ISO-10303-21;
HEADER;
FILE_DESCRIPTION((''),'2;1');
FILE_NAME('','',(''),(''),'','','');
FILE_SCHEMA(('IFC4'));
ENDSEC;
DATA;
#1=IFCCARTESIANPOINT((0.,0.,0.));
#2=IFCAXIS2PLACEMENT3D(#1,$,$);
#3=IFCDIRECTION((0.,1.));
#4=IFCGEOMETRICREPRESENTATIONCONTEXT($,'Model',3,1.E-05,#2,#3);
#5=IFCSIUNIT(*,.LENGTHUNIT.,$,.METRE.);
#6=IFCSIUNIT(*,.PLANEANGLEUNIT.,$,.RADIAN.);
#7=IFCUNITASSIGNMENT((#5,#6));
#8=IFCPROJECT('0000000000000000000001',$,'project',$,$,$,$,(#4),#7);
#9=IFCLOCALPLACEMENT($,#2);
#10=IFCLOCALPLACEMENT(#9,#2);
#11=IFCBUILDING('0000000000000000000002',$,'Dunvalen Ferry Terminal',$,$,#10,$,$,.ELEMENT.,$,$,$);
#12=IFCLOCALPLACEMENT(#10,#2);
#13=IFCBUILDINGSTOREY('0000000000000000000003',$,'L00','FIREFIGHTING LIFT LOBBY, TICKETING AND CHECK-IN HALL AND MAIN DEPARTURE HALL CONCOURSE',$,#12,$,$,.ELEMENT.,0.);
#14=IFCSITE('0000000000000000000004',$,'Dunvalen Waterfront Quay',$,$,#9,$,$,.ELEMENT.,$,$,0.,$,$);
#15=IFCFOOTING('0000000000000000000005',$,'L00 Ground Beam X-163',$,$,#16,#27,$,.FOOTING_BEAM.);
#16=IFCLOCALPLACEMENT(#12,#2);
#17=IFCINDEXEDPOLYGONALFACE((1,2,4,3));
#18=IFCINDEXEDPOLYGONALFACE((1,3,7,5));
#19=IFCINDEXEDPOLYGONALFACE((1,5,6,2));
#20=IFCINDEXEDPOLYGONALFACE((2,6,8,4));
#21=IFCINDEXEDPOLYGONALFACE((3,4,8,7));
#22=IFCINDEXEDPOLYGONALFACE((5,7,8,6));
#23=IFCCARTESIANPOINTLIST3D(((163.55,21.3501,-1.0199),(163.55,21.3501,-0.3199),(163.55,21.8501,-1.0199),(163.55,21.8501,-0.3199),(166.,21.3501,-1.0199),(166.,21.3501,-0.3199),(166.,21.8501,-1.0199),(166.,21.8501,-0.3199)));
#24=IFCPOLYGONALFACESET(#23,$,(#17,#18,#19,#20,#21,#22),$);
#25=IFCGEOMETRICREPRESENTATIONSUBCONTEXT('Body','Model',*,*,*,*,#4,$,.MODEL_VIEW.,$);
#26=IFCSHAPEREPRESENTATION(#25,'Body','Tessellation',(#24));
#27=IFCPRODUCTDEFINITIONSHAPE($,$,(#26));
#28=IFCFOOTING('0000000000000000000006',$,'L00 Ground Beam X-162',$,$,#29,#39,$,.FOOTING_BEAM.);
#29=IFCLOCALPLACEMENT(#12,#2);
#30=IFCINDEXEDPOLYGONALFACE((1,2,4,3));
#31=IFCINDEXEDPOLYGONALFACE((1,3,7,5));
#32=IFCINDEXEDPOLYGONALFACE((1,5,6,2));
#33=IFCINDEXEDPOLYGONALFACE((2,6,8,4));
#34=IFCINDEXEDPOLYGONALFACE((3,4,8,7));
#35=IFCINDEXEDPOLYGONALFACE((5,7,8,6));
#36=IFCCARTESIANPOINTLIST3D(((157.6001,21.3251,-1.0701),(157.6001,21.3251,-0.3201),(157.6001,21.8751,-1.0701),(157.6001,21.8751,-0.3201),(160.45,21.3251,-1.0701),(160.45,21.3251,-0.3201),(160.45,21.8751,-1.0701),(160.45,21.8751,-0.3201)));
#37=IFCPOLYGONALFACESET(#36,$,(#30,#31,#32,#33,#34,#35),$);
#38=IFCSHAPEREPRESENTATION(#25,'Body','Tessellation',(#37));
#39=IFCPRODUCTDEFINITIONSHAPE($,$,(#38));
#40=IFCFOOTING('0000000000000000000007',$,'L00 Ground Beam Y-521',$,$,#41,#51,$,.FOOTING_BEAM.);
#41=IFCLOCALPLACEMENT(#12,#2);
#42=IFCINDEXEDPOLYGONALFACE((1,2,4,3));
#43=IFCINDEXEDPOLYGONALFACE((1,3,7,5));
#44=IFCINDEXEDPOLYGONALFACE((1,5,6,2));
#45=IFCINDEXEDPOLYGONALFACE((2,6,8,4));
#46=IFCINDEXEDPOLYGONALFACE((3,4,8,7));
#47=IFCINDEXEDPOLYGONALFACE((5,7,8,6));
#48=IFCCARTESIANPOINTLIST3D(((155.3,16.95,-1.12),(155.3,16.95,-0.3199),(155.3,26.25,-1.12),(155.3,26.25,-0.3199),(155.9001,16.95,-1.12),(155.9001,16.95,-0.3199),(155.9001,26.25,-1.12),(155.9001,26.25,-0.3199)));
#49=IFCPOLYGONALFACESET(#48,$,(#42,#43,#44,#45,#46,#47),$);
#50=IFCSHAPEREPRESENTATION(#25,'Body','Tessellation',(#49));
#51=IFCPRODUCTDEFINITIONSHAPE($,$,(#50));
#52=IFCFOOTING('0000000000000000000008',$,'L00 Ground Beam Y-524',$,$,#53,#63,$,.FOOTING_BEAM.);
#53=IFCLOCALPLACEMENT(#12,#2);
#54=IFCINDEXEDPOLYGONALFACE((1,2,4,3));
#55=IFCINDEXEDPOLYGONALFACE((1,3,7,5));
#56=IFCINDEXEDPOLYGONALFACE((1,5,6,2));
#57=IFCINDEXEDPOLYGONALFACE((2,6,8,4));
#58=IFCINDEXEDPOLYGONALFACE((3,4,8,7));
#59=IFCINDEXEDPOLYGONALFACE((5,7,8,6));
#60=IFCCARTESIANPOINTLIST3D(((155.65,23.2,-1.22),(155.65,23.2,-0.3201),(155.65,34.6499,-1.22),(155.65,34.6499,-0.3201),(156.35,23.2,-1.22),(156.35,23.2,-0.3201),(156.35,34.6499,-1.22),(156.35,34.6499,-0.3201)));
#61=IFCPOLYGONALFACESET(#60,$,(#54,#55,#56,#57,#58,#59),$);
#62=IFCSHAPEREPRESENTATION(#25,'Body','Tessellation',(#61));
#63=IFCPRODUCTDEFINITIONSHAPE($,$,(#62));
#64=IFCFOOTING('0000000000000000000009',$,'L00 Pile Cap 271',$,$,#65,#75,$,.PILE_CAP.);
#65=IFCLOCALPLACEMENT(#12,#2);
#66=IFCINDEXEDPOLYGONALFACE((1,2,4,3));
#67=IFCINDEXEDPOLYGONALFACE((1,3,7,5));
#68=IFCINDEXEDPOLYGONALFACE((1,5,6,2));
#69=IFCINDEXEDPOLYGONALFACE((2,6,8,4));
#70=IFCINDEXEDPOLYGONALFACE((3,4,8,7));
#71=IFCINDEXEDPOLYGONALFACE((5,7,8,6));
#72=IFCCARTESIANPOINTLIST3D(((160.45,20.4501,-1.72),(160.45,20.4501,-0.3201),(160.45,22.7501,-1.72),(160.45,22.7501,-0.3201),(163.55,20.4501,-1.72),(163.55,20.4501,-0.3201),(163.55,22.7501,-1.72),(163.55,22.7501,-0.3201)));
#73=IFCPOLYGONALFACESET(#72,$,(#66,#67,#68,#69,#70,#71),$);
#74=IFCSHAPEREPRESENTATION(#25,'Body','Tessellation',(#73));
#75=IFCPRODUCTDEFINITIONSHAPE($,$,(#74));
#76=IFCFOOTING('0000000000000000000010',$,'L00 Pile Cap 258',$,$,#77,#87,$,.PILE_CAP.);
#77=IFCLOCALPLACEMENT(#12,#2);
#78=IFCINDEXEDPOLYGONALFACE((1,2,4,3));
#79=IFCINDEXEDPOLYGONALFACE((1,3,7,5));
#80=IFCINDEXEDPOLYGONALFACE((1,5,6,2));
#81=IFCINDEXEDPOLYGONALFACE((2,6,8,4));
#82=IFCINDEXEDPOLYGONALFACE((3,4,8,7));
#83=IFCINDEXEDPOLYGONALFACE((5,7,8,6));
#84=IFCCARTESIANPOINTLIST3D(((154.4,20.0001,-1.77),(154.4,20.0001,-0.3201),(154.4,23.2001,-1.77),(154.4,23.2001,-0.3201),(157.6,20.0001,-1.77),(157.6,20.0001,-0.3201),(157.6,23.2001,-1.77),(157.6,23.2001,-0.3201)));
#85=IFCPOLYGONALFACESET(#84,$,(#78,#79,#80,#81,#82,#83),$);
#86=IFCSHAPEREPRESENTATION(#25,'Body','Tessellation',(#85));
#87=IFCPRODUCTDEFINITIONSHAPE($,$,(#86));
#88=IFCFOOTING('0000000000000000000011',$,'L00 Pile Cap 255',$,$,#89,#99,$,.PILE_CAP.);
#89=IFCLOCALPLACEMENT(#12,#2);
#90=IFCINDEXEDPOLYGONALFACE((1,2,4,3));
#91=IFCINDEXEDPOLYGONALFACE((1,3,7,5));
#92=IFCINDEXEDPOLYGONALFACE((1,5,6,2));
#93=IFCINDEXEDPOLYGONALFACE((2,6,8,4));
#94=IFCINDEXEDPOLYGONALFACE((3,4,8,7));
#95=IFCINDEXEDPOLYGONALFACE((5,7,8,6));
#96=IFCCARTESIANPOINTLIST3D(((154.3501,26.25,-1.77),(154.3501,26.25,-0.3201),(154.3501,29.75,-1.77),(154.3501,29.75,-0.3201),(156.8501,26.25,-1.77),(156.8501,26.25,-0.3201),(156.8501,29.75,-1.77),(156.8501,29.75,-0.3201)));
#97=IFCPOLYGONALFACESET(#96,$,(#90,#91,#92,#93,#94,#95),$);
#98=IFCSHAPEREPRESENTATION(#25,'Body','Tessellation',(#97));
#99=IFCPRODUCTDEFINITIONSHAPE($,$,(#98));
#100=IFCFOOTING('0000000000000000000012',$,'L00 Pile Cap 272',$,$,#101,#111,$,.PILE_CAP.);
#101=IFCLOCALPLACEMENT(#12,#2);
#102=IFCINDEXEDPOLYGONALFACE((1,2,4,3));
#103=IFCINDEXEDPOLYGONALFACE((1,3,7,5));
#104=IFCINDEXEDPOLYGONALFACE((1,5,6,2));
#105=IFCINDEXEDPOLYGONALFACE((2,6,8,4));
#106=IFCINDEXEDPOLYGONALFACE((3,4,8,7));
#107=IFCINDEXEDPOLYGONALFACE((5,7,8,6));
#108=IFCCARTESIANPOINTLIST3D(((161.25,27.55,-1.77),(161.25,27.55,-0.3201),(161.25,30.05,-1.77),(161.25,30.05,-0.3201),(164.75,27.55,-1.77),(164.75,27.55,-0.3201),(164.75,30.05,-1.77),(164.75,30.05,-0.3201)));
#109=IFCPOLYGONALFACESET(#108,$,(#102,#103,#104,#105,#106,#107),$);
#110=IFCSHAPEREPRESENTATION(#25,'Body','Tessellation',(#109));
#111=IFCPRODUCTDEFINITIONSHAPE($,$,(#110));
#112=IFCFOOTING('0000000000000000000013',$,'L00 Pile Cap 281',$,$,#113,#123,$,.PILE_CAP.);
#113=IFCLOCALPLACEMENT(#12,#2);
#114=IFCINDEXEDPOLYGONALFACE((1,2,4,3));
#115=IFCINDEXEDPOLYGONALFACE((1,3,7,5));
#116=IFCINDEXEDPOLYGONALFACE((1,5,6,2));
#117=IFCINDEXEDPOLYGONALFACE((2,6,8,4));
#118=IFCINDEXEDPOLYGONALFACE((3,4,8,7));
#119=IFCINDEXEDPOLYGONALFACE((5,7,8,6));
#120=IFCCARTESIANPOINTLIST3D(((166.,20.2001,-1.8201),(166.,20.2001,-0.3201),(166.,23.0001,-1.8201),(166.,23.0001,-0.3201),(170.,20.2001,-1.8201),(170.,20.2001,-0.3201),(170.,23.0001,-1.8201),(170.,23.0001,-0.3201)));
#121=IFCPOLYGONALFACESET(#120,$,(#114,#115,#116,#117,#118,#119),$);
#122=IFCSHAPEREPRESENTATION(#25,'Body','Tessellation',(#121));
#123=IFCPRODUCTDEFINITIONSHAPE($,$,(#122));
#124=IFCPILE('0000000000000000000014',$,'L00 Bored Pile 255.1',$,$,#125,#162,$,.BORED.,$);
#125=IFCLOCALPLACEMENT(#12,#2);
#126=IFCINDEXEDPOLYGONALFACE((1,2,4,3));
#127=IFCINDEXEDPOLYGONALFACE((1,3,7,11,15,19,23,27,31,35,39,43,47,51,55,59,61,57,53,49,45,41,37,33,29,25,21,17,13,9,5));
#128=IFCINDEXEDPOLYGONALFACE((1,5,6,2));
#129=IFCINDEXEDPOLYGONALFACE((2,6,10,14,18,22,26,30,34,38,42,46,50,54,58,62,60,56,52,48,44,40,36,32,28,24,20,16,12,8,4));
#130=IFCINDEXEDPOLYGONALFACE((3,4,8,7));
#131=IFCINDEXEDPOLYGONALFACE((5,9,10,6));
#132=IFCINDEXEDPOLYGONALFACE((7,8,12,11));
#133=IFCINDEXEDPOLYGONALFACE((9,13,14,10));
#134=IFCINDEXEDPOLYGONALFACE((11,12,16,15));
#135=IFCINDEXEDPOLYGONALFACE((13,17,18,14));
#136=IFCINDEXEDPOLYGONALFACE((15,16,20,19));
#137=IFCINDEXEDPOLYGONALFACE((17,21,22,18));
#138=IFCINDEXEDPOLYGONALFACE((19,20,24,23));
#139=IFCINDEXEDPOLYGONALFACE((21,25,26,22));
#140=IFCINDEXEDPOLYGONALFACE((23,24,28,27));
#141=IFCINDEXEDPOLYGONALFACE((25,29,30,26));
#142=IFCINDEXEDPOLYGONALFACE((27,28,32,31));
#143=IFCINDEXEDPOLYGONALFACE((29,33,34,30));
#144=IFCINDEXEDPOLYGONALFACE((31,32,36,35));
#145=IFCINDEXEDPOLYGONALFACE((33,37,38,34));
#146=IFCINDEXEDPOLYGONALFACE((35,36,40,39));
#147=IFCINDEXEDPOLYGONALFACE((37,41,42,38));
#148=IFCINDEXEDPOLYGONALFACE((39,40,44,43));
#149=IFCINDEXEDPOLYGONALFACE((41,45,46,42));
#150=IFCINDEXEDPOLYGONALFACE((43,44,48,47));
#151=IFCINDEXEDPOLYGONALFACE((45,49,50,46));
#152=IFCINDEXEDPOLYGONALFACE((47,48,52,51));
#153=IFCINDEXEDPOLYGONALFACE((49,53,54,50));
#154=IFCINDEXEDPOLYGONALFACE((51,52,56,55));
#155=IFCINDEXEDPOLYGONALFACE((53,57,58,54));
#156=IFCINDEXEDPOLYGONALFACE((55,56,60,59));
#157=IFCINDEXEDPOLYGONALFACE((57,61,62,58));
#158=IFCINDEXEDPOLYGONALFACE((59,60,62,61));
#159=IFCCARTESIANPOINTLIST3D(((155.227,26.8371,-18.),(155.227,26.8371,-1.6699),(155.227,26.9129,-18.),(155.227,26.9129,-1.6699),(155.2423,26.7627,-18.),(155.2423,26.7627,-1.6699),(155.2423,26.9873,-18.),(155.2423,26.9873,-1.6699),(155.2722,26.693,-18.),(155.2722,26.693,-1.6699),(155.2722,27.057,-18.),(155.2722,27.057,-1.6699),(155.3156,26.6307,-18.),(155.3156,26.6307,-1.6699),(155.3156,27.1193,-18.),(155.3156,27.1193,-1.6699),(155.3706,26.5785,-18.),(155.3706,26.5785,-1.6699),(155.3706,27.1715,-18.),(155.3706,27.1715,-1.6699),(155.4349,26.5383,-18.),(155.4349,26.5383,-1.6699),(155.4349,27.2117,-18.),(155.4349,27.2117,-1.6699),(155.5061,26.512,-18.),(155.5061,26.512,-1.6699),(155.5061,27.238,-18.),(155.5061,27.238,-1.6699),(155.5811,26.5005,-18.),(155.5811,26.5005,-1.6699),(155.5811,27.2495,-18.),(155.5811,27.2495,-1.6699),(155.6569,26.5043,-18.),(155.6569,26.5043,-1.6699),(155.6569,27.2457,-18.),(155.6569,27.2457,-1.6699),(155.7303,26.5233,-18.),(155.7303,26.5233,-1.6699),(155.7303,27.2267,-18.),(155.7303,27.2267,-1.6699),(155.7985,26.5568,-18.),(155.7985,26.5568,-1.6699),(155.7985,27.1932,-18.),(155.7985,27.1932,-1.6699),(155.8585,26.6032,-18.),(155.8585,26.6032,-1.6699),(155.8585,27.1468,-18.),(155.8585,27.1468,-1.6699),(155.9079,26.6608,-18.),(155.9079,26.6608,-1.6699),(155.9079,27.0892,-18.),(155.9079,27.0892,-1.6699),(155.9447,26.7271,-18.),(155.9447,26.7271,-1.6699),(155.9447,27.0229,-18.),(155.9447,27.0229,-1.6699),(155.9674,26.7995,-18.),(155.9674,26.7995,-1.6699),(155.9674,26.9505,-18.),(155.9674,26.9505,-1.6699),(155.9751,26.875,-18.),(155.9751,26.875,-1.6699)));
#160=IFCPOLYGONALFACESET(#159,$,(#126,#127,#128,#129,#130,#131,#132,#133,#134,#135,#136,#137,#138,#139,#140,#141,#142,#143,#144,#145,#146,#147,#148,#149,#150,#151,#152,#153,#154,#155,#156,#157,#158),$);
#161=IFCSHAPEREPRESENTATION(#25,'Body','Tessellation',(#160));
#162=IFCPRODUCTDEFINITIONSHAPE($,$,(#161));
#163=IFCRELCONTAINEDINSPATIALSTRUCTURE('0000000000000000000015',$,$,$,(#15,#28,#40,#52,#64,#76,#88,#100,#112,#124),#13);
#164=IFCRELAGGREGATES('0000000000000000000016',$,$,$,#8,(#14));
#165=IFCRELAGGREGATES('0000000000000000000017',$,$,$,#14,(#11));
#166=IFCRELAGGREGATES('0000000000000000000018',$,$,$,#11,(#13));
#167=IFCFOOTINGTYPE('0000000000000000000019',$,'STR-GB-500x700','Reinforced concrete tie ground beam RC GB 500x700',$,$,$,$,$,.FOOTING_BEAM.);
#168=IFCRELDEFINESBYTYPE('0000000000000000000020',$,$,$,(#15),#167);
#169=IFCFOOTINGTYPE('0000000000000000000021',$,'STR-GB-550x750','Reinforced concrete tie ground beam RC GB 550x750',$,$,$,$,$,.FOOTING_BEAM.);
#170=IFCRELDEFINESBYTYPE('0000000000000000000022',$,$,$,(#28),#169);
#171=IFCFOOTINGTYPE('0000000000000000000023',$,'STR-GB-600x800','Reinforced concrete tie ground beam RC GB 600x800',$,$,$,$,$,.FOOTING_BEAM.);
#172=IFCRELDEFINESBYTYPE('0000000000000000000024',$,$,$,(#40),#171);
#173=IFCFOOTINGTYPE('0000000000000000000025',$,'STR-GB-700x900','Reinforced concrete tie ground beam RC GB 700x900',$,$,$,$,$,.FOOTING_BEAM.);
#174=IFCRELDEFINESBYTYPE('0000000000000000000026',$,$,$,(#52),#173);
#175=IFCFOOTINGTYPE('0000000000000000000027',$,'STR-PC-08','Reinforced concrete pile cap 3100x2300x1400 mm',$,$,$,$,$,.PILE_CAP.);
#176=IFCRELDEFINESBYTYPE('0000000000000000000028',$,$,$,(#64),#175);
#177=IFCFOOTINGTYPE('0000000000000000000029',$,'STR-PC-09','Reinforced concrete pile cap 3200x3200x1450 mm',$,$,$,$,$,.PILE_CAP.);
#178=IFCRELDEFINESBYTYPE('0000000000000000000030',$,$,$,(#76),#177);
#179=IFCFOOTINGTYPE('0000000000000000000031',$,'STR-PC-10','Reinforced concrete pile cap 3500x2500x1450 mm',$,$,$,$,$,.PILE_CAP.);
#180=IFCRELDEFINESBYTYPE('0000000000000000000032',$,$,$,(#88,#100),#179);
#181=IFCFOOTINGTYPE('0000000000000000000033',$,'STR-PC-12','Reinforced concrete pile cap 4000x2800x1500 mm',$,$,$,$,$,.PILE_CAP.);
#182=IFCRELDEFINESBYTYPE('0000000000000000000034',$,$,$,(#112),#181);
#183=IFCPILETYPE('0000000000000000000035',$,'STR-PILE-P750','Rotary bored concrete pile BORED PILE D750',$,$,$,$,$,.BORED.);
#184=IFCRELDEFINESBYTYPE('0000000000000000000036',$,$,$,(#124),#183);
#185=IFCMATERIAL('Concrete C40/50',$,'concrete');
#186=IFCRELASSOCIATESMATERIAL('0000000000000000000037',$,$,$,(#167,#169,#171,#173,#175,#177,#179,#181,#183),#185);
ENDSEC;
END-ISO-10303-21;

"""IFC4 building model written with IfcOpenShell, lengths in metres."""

from ifc_helpers import new_model, si_unit, direction, frame, origin, origin_2d, place, context, subcontext, project, spatial, rectangle, circle, extrude, material, material_profile, profile_set, type_object, element, save


model = new_model("IFC4")

# Units and contexts
model_context = context("Model", 3, precision=1e-05, world=origin(), true_north=direction((0.0, 1.0)))
body_context = subcontext(model_context, "Body", "Model", "MODEL_VIEW")
ifc_project = project(units=[si_unit("LENGTHUNIT", "METRE"), si_unit("PLANEANGLEUNIT", "RADIAN")], contexts=[model_context])

# Site, building, storey
site_placement = place(None, origin())
site = spatial("IfcSite", under=ifc_project, at=site_placement, Name="Dunvalen Waterfront Quay", CompositionType="ELEMENT", RefElevation=0.0)
building_placement = place(site_placement, origin())
building = spatial("IfcBuilding", under=site, at=building_placement, Name="Dunvalen Ferry Terminal", CompositionType="ELEMENT")
storey_placement = place(building_placement, origin())
storey = spatial("IfcBuildingStorey", under=building, at=storey_placement, Name="L00", Description="FIREFIGHTING LIFT LOBBY, TICKETING AND CHECK-IN HALL AND MAIN DEPARTURE HALL CONCOURSE", CompositionType="ELEMENT", Elevation=0.0)

# Footings
ifc_material_1 = material(Name="Concrete C40/50", Category="concrete")
ifc_material_profile_1 = material_profile(ifc_material_1, rectangle(XDim=0.5, YDim=0.7, at=origin_2d()), Name="Concrete C40/50")
ifc_profile_set_1 = profile_set([ifc_material_profile_1], Name="Concrete C40/50")
footing_type_1 = type_object("IfcFootingType", Name="STR-GB-500x700", Description="Reinforced concrete tie ground beam RC GB 500x700", PredefinedType="FOOTING_BEAM", material=ifc_profile_set_1)
footing_1_placement = place(storey_placement, frame((163.55, 21.6001, -0.6699), z_axis=(1.0, 0.0, 0.0), x_axis=(0.0, 1.0, 0.0)))
element("IfcFooting", 1, at=footing_1_placement, inside=storey, type_object=footing_type_1, Name="L00 Ground Beam X-163", PredefinedType="FOOTING_BEAM", context=body_context, shape_type="SweptSolid", body=[
    extrude(rectangle(XDim=0.5, YDim=0.7, at=origin_2d()), origin(), (0.0, 0.0, 1.0), 2.45),
])
ifc_material_profile_2 = material_profile(ifc_material_1, rectangle(XDim=0.55, YDim=0.75, at=origin_2d()), Name="Concrete C40/50")
ifc_profile_set_2 = profile_set([ifc_material_profile_2], Name="Concrete C40/50")
footing_type_2 = type_object("IfcFootingType", Name="STR-GB-550x750", Description="Reinforced concrete tie ground beam RC GB 550x750", PredefinedType="FOOTING_BEAM", material=ifc_profile_set_2)
footing_2_placement = place(storey_placement, frame((157.6001, 21.6001, -0.6951), z_axis=(1.0, 0.0, 0.0), x_axis=(0.0, 1.0, 0.0)))
element("IfcFooting", 2, at=footing_2_placement, inside=storey, type_object=footing_type_2, Name="L00 Ground Beam X-162", PredefinedType="FOOTING_BEAM", context=body_context, shape_type="SweptSolid", body=[
    extrude(rectangle(XDim=0.55, YDim=0.75, at=origin_2d()), origin(), (0.0, 0.0, 1.0), 2.8499),
])
ifc_material_profile_3 = material_profile(ifc_material_1, rectangle(XDim=0.6001, YDim=0.8, at=origin_2d()), Name="Concrete C40/50")
ifc_profile_set_3 = profile_set([ifc_material_profile_3], Name="Concrete C40/50")
footing_type_3 = type_object("IfcFootingType", Name="STR-GB-600x800", Description="Reinforced concrete tie ground beam RC GB 600x800", PredefinedType="FOOTING_BEAM", material=ifc_profile_set_3)
footing_3_placement = place(storey_placement, frame((155.6001, 16.95, -0.72), z_axis=(0.0, 1.0, 0.0), x_axis=(-1.0, 0.0, 0.0)))
element("IfcFooting", 3, at=footing_3_placement, inside=storey, type_object=footing_type_3, Name="L00 Ground Beam Y-521", PredefinedType="FOOTING_BEAM", context=body_context, shape_type="SweptSolid", body=[
    extrude(rectangle(XDim=0.6001, YDim=0.8, at=origin_2d()), origin(), (0.0, 0.0, 1.0), 9.3),
])
ifc_material_profile_4 = material_profile(ifc_material_1, rectangle(XDim=0.7, YDim=0.8999, at=origin_2d()), Name="Concrete C40/50")
ifc_profile_set_4 = profile_set([ifc_material_profile_4], Name="Concrete C40/50")
footing_type_4 = type_object("IfcFootingType", Name="STR-GB-700x900", Description="Reinforced concrete tie ground beam RC GB 700x900", PredefinedType="FOOTING_BEAM", material=ifc_profile_set_4)
footing_4_placement = place(storey_placement, frame((156.0, 23.2, -0.77), z_axis=(0.0, 1.0, 0.0), x_axis=(-1.0, 0.0, 0.0)))
element("IfcFooting", 4, at=footing_4_placement, inside=storey, type_object=footing_type_4, Name="L00 Ground Beam Y-524", PredefinedType="FOOTING_BEAM", context=body_context, shape_type="SweptSolid", body=[
    extrude(rectangle(XDim=0.7, YDim=0.8999, at=origin_2d()), origin(), (0.0, 0.0, 1.0), 11.45),
])
footing_type_5 = type_object("IfcFootingType", Name="STR-PC-08", Description="Reinforced concrete pile cap 3100x2300x1400 mm", PredefinedType="PILE_CAP", material=ifc_material_1)
footing_5_placement = place(storey_placement, frame((162.0, 21.6001, -1.72), z_axis=(0.0, 0.0, 1.0), x_axis=(1.0, 0.0, 0.0)))
element("IfcFooting", 5, at=footing_5_placement, inside=storey, type_object=footing_type_5, Name="L00 Pile Cap 271", PredefinedType="PILE_CAP", context=body_context, shape_type="SweptSolid", body=[
    extrude(rectangle(XDim=3.1001, YDim=2.3, at=origin_2d()), origin(), (0.0, 0.0, 1.0), 1.3999),
])
footing_type_6 = type_object("IfcFootingType", Name="STR-PC-09", Description="Reinforced concrete pile cap 3200x3200x1450 mm", PredefinedType="PILE_CAP", material=ifc_material_1)
footing_6_placement = place(storey_placement, frame((156.0, 21.6001, -1.77), z_axis=(0.0, 0.0, 1.0), x_axis=(1.0, 0.0, 0.0)))
element("IfcFooting", 6, at=footing_6_placement, inside=storey, type_object=footing_type_6, Name="L00 Pile Cap 258", PredefinedType="PILE_CAP", context=body_context, shape_type="SweptSolid", body=[
    extrude(rectangle(XDim=3.2, YDim=3.2, at=origin_2d()), origin(), (0.0, 0.0, 1.0), 1.45),
])
footing_type_7 = type_object("IfcFootingType", Name="STR-PC-10", Description="Reinforced concrete pile cap 3500x2500x1450 mm", PredefinedType="PILE_CAP", material=ifc_material_1)
for number, where, z_axis, x_axis, name in (
    (7, (155.6001, 28.0, -1.77), (0.0, 0.0, 1.0), (0.0, 1.0, 0.0), "L00 Pile Cap 255"),
    (8, (163.0, 28.8, -1.77), (0.0, 0.0, 1.0), (1.0, 0.0, 0.0), "L00 Pile Cap 272"),
):
    element("IfcFooting", number, at=place(storey_placement, frame(where, z_axis=z_axis, x_axis=x_axis)), inside=storey, type_object=footing_type_7, Name=name, PredefinedType="PILE_CAP", context=body_context, shape_type="SweptSolid", body=[
        extrude(rectangle(XDim=3.5, YDim=2.5, at=origin_2d()), origin(), (0.0, 0.0, 1.0), 1.45),
    ])
footing_type_8 = type_object("IfcFootingType", Name="STR-PC-12", Description="Reinforced concrete pile cap 4000x2800x1500 mm", PredefinedType="PILE_CAP", material=ifc_material_1)
footing_7_placement = place(storey_placement, frame((168.0, 21.6001, -1.8201), z_axis=(0.0, 0.0, 1.0), x_axis=(1.0, 0.0, 0.0)))
element("IfcFooting", 9, at=footing_7_placement, inside=storey, type_object=footing_type_8, Name="L00 Pile Cap 281", PredefinedType="PILE_CAP", context=body_context, shape_type="SweptSolid", body=[
    extrude(rectangle(XDim=4.0, YDim=2.8, at=origin_2d()), origin(), (0.0, 0.0, 1.0), 1.5),
])

# Pile
ifc_material_profile_5 = material_profile(ifc_material_1, circle(Radius=0.375, at=origin_2d()), Name="Concrete C40/50")
ifc_profile_set_5 = profile_set([ifc_material_profile_5], Name="Concrete C40/50")
pile_type = type_object("IfcPileType", Name="STR-PILE-P750", Description="Rotary bored concrete pile BORED PILE D750", PredefinedType="BORED", material=ifc_profile_set_5)
for number, where, z_axis, x_axis, name in (
    (10, (155.6001, 26.875, -1.6699), (0.0, 0.0, -1.0), (1.0, 0.0, 0.0), "L00 Bored Pile 255.1"),
):
    element("IfcPile", number, at=place(storey_placement, frame(where, z_axis=z_axis, x_axis=x_axis)), inside=storey, type_object=pile_type, Name=name, PredefinedType="BORED", context=body_context, shape_type="SweptSolid", body=[
        extrude(circle(Radius=0.375, at=origin_2d()), origin(), (0.0, 0.0, 1.0), 16.3301),
    ])

save(model, "model.ifc")
